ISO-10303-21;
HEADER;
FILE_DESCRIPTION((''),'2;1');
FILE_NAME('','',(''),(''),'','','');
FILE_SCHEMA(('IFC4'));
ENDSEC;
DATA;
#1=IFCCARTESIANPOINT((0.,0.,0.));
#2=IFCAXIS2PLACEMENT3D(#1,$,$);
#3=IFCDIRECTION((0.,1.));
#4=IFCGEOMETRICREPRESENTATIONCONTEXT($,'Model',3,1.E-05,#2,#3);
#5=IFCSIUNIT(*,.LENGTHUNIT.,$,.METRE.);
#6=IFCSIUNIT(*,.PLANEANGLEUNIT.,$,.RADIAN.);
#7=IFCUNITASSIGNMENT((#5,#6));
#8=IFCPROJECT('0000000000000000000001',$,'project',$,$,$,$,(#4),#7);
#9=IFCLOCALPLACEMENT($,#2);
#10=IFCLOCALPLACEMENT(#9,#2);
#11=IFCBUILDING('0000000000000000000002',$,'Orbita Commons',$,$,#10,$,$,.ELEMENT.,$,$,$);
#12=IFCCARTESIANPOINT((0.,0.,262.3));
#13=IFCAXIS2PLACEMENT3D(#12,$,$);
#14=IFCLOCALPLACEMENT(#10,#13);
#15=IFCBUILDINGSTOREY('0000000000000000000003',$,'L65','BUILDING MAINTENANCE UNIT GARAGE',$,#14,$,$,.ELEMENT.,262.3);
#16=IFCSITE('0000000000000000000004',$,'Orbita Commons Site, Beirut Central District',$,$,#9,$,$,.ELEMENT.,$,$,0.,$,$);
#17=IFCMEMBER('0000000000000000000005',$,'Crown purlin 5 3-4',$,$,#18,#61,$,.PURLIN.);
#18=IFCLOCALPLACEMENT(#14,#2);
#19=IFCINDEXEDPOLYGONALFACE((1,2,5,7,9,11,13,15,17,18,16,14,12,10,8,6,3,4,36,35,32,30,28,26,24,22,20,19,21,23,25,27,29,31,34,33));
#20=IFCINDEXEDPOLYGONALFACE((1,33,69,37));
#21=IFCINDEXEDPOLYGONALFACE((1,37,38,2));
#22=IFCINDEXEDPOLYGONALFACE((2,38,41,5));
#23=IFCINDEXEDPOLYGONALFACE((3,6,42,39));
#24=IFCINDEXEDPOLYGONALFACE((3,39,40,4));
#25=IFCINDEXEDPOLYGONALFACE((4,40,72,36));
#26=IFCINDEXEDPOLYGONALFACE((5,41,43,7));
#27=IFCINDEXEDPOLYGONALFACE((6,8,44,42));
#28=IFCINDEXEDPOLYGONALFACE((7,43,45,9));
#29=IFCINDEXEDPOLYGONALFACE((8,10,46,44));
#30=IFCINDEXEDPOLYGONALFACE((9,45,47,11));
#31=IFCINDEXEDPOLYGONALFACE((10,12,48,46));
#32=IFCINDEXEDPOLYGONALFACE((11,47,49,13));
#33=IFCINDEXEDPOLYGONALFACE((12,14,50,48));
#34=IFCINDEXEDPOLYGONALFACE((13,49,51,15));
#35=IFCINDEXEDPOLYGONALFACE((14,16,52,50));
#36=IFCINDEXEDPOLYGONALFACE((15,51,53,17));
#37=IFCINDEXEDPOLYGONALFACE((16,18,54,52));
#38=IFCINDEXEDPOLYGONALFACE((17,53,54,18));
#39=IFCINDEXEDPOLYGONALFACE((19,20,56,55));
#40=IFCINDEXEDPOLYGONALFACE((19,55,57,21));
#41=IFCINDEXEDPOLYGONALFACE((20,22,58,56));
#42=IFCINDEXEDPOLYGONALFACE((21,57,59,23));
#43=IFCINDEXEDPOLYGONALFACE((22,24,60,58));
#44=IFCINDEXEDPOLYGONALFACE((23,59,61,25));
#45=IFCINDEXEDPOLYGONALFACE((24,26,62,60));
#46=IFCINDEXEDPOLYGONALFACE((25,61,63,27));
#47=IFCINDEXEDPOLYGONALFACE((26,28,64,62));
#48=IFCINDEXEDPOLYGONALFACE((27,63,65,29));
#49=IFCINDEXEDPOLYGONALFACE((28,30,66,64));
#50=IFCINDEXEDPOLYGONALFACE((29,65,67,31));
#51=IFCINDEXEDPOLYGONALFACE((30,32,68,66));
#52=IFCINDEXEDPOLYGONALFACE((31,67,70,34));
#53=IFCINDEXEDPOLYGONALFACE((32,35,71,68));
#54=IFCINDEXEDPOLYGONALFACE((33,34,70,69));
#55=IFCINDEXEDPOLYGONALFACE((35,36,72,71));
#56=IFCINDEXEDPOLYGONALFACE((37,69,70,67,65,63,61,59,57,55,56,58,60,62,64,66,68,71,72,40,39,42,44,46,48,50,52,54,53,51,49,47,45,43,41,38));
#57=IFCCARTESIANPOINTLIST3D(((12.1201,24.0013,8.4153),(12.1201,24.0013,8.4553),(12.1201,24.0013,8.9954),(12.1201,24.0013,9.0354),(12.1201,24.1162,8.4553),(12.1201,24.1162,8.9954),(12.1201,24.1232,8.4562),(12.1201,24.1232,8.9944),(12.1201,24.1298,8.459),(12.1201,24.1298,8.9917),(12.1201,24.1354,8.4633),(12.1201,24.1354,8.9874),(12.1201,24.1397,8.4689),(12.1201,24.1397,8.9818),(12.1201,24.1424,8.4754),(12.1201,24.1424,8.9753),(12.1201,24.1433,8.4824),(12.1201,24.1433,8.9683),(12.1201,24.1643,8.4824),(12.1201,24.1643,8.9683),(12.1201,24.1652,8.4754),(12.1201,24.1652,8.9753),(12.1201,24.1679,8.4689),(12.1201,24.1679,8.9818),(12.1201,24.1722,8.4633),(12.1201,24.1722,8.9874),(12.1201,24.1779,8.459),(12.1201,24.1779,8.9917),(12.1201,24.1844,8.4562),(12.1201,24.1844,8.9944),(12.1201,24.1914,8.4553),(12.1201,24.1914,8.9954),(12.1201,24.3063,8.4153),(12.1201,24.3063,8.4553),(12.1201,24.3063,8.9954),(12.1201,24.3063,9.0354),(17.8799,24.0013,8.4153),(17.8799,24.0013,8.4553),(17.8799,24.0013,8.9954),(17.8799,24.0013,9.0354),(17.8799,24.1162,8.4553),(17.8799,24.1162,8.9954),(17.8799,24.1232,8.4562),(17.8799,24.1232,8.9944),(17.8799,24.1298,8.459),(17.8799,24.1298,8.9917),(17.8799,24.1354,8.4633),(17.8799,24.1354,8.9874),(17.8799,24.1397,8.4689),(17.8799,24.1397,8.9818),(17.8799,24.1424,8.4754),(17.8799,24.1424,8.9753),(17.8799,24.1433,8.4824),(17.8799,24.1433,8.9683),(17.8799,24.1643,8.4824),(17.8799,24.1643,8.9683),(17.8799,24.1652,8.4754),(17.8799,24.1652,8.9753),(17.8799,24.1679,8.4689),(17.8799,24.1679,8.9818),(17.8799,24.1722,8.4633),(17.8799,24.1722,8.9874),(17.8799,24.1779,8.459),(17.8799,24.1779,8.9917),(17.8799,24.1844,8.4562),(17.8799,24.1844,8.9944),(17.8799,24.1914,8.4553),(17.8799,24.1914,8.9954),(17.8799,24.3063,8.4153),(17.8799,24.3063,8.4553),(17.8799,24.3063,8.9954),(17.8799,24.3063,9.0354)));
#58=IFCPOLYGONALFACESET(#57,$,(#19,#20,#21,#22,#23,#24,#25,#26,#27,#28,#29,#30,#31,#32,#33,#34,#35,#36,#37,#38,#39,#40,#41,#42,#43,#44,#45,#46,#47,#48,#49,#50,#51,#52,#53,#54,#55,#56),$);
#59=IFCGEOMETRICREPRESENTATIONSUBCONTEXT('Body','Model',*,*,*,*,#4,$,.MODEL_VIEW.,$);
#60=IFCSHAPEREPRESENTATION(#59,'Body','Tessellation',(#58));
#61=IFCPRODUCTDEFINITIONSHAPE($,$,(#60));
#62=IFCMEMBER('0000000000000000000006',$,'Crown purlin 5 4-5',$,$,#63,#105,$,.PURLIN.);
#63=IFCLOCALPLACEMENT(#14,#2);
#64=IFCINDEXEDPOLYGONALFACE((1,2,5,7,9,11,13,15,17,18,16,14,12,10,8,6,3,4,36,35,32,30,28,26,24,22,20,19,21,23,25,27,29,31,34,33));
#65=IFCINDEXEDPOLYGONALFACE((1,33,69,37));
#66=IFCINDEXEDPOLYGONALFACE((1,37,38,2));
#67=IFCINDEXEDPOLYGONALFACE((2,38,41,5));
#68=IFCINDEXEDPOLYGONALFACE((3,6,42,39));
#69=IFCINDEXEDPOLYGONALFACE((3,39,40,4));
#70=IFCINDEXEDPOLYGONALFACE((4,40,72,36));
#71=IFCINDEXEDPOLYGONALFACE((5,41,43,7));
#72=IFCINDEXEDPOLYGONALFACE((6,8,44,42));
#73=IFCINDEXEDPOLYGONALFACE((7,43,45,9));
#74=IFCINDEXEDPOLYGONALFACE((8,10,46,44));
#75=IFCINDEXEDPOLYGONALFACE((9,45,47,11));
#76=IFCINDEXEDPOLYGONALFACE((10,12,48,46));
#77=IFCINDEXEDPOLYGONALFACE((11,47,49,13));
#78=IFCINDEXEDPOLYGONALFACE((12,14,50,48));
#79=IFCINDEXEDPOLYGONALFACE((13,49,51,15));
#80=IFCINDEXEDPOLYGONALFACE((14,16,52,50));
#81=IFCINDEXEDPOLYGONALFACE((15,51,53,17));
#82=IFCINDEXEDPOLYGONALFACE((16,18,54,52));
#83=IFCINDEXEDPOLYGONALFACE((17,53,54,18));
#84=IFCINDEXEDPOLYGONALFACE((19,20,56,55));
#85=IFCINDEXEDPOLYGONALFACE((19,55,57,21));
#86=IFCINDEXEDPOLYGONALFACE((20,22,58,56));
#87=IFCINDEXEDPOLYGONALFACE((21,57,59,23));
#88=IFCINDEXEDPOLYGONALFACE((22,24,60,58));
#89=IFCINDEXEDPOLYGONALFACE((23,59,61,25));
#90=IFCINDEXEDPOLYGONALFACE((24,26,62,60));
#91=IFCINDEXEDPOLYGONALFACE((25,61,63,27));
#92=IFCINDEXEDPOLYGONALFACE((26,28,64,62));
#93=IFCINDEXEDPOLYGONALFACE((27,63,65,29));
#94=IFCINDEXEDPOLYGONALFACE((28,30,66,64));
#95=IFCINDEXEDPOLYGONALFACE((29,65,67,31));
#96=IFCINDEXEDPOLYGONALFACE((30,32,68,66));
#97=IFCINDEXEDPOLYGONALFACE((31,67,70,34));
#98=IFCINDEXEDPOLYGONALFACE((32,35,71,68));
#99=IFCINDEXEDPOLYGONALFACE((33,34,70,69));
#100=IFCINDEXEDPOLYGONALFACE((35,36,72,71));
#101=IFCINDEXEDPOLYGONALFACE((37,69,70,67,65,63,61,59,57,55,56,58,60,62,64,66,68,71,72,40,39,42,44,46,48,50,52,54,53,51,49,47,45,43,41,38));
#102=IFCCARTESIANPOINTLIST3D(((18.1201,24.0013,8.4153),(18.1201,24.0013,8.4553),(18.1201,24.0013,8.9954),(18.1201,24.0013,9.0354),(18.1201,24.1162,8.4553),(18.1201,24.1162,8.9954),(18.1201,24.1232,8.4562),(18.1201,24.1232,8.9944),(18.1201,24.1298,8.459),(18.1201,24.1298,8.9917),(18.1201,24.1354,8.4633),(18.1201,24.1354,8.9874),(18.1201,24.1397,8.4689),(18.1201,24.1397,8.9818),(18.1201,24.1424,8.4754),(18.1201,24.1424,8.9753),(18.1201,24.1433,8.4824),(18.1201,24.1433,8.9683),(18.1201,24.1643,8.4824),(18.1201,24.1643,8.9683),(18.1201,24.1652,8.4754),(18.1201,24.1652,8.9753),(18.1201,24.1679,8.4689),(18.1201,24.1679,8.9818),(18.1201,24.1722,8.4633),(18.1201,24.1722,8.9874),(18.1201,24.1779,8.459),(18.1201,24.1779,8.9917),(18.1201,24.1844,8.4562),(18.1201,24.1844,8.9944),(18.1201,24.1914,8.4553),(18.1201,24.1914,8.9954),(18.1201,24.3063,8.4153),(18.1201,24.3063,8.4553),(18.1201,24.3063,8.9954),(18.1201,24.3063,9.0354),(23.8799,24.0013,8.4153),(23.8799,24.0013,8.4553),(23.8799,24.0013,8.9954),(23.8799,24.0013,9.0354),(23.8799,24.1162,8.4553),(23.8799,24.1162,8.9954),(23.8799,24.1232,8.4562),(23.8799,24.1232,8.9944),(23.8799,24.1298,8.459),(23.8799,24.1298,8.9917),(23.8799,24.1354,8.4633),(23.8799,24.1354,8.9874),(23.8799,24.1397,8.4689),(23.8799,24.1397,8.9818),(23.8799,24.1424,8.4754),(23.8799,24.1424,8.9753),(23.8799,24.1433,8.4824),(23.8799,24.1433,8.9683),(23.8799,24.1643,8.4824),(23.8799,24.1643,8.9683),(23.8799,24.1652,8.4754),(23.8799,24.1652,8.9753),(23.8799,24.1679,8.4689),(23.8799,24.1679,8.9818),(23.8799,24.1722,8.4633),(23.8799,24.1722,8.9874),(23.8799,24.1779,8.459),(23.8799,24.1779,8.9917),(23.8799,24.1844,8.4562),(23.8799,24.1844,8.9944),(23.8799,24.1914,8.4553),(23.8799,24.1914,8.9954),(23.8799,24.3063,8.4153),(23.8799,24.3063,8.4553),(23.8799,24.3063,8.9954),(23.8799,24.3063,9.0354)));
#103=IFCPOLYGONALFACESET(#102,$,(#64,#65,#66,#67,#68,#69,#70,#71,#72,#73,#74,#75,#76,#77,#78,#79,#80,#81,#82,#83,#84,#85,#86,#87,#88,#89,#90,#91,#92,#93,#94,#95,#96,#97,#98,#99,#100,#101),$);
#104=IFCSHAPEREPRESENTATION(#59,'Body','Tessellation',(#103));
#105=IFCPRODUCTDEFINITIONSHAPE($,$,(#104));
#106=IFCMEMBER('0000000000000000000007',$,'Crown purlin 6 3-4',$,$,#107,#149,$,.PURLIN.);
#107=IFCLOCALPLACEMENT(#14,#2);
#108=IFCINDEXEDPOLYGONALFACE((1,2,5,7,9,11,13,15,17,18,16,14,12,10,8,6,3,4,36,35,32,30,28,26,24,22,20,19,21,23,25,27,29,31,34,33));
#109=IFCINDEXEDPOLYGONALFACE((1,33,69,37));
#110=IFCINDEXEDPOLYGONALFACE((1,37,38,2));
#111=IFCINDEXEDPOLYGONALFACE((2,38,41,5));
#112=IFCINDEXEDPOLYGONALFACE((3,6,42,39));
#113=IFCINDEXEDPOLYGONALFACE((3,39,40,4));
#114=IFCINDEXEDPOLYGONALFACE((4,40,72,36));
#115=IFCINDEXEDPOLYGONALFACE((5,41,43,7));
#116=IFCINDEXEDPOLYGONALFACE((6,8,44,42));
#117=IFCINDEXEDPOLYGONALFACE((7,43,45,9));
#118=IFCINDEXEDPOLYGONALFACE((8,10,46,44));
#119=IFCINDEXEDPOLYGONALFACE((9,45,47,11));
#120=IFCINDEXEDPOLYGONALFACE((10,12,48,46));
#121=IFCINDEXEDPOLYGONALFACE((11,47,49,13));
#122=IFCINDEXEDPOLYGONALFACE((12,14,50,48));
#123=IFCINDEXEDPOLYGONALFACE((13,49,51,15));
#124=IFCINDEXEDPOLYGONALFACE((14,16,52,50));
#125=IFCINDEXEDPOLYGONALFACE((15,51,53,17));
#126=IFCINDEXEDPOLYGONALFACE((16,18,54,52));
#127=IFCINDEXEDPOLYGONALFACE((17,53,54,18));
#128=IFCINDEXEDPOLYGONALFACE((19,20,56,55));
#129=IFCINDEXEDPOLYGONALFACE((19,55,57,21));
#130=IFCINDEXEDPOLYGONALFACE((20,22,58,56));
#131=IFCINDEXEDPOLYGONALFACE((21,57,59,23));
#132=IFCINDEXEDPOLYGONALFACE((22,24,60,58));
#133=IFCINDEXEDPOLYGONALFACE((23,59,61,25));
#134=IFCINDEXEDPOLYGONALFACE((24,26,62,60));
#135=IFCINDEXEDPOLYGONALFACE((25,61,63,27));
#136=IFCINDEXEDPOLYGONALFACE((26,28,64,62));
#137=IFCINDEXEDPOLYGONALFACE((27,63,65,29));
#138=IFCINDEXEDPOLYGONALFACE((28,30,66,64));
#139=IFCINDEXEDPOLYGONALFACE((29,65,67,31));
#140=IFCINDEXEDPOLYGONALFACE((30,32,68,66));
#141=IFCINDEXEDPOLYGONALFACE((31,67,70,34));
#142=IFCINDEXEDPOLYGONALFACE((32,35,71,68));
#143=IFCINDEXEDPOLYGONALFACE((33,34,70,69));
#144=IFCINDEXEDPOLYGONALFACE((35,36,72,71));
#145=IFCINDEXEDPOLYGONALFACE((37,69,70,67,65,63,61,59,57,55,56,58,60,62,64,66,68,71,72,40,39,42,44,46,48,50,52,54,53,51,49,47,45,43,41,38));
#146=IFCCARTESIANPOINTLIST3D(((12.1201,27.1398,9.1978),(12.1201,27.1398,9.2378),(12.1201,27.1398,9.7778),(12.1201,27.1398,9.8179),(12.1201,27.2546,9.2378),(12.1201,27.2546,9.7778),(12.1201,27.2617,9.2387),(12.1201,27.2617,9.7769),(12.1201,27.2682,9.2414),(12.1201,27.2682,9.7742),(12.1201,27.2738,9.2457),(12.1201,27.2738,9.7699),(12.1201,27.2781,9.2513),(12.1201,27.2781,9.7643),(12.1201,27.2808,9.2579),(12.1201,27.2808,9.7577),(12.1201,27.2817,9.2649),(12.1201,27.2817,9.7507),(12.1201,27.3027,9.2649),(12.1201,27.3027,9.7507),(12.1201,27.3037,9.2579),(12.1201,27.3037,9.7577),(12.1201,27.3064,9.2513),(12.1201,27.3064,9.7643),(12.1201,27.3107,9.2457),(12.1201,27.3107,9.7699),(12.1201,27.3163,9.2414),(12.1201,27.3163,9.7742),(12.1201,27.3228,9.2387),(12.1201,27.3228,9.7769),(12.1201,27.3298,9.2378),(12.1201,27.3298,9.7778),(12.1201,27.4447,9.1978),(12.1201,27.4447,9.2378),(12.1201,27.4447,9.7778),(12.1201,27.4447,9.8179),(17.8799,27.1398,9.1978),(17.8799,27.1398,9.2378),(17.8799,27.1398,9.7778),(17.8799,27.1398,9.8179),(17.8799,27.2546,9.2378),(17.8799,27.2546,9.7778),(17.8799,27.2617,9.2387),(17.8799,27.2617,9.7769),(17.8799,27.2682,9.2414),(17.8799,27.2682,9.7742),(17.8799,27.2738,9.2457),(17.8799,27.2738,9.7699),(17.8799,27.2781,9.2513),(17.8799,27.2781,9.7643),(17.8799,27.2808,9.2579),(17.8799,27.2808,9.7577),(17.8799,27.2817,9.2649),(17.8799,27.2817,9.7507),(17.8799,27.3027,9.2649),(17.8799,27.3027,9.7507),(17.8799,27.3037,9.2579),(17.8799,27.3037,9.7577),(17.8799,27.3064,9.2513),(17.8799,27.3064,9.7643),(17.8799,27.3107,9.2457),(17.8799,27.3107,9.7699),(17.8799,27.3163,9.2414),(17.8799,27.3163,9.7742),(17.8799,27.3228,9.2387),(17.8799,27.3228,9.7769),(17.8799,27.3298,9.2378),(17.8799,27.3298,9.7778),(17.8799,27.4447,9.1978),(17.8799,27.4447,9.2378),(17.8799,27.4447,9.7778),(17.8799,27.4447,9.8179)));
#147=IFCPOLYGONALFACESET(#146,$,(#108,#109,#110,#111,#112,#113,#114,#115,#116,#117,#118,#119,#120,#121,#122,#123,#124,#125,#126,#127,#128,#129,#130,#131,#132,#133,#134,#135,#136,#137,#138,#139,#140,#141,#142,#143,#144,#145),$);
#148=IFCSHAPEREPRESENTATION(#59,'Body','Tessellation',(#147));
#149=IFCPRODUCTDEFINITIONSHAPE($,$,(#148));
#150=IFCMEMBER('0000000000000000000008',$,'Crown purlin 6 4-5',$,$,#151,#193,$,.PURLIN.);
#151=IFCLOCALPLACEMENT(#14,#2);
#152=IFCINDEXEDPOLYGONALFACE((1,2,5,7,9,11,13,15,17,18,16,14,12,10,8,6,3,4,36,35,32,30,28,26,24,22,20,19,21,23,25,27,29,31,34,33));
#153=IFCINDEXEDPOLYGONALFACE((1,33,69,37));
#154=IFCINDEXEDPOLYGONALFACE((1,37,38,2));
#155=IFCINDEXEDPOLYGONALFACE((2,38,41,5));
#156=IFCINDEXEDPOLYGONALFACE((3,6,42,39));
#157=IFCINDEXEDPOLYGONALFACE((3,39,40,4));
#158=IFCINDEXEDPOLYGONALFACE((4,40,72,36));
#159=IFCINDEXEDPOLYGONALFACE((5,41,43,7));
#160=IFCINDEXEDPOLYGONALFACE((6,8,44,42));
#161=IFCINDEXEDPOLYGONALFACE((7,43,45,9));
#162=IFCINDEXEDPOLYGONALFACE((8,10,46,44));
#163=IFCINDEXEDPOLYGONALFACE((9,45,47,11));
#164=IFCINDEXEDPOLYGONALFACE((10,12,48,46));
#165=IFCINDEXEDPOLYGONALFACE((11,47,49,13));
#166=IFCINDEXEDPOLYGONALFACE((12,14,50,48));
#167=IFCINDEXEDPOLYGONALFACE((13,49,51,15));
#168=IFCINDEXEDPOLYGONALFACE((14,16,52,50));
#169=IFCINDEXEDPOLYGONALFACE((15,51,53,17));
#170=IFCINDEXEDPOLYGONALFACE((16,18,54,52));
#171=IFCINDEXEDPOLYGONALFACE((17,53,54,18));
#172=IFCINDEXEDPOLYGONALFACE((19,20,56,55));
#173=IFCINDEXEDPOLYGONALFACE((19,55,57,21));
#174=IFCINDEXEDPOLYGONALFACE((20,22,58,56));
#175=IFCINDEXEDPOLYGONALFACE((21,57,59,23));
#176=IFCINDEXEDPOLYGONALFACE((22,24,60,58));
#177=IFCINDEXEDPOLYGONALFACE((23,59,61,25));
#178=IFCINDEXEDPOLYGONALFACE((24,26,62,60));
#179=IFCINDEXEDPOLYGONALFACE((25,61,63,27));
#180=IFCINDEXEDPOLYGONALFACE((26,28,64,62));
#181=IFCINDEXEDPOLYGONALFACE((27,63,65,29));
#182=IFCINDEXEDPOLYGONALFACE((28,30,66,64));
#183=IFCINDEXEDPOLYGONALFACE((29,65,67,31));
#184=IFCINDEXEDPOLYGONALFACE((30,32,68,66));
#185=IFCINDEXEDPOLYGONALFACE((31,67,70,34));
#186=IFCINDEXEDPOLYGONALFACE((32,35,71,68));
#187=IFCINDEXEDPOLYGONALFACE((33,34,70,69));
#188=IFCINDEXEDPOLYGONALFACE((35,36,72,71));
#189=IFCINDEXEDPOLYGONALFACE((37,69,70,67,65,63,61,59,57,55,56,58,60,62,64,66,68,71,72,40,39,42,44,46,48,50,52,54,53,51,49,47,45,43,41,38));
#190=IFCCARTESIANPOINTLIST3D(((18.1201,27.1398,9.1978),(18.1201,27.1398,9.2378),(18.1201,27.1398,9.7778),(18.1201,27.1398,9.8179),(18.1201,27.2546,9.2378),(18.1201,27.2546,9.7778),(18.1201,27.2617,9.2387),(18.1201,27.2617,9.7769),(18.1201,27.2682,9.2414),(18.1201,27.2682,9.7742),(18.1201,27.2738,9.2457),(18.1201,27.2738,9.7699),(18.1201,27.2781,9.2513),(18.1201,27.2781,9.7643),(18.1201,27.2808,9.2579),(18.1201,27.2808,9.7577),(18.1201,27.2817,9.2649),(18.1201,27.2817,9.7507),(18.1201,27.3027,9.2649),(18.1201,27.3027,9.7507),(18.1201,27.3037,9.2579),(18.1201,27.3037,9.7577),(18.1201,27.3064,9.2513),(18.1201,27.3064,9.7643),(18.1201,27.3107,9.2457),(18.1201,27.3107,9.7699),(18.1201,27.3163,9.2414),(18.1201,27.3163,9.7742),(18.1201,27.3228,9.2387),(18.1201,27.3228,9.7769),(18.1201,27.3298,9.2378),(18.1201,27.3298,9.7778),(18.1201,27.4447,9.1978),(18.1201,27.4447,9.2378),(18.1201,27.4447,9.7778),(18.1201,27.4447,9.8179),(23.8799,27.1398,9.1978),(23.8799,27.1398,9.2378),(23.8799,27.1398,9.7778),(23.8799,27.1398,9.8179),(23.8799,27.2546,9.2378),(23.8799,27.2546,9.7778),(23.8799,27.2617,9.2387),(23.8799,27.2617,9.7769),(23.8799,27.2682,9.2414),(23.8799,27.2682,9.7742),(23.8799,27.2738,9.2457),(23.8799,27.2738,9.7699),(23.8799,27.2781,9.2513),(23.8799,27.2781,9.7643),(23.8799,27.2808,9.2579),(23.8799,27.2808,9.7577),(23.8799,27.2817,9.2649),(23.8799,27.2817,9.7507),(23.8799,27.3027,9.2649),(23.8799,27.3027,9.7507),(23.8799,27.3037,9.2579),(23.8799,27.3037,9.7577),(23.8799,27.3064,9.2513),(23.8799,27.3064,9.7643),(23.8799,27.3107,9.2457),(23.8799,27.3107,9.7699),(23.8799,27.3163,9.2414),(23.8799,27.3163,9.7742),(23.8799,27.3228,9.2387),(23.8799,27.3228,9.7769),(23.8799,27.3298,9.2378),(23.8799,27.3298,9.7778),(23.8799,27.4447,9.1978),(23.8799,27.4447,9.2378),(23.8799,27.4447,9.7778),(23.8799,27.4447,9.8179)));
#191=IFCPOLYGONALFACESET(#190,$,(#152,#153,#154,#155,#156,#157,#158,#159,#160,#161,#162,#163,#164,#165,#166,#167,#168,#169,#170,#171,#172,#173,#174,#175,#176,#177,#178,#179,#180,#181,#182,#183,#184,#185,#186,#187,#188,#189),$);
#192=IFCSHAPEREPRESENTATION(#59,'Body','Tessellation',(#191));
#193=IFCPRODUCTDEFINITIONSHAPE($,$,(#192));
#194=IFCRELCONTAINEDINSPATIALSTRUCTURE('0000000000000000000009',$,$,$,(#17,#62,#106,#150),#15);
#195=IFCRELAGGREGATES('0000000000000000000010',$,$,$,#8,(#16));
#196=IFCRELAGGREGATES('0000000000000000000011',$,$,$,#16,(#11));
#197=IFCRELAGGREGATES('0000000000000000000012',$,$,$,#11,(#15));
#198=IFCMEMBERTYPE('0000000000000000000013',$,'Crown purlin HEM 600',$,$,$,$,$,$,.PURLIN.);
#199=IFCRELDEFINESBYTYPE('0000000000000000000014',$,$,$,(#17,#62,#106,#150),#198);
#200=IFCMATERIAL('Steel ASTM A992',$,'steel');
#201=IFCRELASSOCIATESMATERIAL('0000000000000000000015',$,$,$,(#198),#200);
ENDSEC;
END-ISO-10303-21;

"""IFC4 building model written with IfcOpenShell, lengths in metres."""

from ifc_helpers import new_model, si_unit, direction, frame, origin, origin_2d, place, context, subcontext, project, spatial, i_section, extrude, material, material_profile, profile_set, type_object, element, save


model = new_model("IFC4")

# Units and contexts
model_context = context("Model", 3, precision=1e-05, world=origin(), true_north=direction((0.0, 1.0)))
body_context = subcontext(model_context, "Body", "Model", "MODEL_VIEW")
ifc_project = project(units=[si_unit("LENGTHUNIT", "METRE"), si_unit("PLANEANGLEUNIT", "RADIAN")], contexts=[model_context])

# Site, building, storey
site_placement = place(None, origin())
site = spatial("IfcSite", under=ifc_project, at=site_placement, Name="Orbita Commons Site, Beirut Central District", CompositionType="ELEMENT", RefElevation=0.0)
building_placement = place(site_placement, origin())
building = spatial("IfcBuilding", under=site, at=building_placement, Name="Orbita Commons", CompositionType="ELEMENT")
storey_placement = place(building_placement, frame((0.0, 0.0, 262.3)))
storey = spatial("IfcBuildingStorey", under=building, at=storey_placement, Name="L65", Description="BUILDING MAINTENANCE UNIT GARAGE", CompositionType="ELEMENT", Elevation=262.3)

# Members
ifc_material_1 = material(Name="Steel ASTM A992", Category="steel")
ifc_material_profile_1 = material_profile(ifc_material_1, i_section(OverallWidth=0.3049, OverallDepth=0.6201, WebThickness=0.021, FlangeThickness=0.04, FilletRadius=0.0271, at=origin_2d()), Name="HEM 600")
ifc_profile_set_1 = profile_set([ifc_material_profile_1], Name="Steel ASTM A992")
member_type_1 = type_object("IfcMemberType", Name="Crown purlin HEM 600", PredefinedType="PURLIN", material=ifc_profile_set_1)
for number, where, z_axis, x_axis, name in (
    (1, (12.1201, 24.1538, 8.7253), (1.0, 0.0, 0.0), (0.0, 1.0, 0.0), "Crown purlin 5 3-4"),
    (2, (18.1201, 24.1538, 8.7253), (1.0, 0.0, 0.0), (0.0, 1.0, 0.0), "Crown purlin 5 4-5"),
    (3, (12.1201, 27.2922, 9.5078), (1.0, 0.0, 0.0), (0.0, 1.0, 0.0), "Crown purlin 6 3-4"),
    (4, (18.1201, 27.2922, 9.5078), (1.0, 0.0, 0.0), (0.0, 1.0, 0.0), "Crown purlin 6 4-5"),
):
    element("IfcMember", number, at=place(storey_placement, frame(where, z_axis=z_axis, x_axis=x_axis)), inside=storey, type_object=member_type_1, Name=name, PredefinedType="PURLIN", context=body_context, shape_type="SweptSolid", body=[
        extrude(i_section(OverallWidth=0.3049, OverallDepth=0.6201, WebThickness=0.021, FlangeThickness=0.04, FilletRadius=0.0271, at=origin_2d()), origin(), (0.0, 0.0, 1.0), 5.7598),
    ])

save(model, "model.ifc")
